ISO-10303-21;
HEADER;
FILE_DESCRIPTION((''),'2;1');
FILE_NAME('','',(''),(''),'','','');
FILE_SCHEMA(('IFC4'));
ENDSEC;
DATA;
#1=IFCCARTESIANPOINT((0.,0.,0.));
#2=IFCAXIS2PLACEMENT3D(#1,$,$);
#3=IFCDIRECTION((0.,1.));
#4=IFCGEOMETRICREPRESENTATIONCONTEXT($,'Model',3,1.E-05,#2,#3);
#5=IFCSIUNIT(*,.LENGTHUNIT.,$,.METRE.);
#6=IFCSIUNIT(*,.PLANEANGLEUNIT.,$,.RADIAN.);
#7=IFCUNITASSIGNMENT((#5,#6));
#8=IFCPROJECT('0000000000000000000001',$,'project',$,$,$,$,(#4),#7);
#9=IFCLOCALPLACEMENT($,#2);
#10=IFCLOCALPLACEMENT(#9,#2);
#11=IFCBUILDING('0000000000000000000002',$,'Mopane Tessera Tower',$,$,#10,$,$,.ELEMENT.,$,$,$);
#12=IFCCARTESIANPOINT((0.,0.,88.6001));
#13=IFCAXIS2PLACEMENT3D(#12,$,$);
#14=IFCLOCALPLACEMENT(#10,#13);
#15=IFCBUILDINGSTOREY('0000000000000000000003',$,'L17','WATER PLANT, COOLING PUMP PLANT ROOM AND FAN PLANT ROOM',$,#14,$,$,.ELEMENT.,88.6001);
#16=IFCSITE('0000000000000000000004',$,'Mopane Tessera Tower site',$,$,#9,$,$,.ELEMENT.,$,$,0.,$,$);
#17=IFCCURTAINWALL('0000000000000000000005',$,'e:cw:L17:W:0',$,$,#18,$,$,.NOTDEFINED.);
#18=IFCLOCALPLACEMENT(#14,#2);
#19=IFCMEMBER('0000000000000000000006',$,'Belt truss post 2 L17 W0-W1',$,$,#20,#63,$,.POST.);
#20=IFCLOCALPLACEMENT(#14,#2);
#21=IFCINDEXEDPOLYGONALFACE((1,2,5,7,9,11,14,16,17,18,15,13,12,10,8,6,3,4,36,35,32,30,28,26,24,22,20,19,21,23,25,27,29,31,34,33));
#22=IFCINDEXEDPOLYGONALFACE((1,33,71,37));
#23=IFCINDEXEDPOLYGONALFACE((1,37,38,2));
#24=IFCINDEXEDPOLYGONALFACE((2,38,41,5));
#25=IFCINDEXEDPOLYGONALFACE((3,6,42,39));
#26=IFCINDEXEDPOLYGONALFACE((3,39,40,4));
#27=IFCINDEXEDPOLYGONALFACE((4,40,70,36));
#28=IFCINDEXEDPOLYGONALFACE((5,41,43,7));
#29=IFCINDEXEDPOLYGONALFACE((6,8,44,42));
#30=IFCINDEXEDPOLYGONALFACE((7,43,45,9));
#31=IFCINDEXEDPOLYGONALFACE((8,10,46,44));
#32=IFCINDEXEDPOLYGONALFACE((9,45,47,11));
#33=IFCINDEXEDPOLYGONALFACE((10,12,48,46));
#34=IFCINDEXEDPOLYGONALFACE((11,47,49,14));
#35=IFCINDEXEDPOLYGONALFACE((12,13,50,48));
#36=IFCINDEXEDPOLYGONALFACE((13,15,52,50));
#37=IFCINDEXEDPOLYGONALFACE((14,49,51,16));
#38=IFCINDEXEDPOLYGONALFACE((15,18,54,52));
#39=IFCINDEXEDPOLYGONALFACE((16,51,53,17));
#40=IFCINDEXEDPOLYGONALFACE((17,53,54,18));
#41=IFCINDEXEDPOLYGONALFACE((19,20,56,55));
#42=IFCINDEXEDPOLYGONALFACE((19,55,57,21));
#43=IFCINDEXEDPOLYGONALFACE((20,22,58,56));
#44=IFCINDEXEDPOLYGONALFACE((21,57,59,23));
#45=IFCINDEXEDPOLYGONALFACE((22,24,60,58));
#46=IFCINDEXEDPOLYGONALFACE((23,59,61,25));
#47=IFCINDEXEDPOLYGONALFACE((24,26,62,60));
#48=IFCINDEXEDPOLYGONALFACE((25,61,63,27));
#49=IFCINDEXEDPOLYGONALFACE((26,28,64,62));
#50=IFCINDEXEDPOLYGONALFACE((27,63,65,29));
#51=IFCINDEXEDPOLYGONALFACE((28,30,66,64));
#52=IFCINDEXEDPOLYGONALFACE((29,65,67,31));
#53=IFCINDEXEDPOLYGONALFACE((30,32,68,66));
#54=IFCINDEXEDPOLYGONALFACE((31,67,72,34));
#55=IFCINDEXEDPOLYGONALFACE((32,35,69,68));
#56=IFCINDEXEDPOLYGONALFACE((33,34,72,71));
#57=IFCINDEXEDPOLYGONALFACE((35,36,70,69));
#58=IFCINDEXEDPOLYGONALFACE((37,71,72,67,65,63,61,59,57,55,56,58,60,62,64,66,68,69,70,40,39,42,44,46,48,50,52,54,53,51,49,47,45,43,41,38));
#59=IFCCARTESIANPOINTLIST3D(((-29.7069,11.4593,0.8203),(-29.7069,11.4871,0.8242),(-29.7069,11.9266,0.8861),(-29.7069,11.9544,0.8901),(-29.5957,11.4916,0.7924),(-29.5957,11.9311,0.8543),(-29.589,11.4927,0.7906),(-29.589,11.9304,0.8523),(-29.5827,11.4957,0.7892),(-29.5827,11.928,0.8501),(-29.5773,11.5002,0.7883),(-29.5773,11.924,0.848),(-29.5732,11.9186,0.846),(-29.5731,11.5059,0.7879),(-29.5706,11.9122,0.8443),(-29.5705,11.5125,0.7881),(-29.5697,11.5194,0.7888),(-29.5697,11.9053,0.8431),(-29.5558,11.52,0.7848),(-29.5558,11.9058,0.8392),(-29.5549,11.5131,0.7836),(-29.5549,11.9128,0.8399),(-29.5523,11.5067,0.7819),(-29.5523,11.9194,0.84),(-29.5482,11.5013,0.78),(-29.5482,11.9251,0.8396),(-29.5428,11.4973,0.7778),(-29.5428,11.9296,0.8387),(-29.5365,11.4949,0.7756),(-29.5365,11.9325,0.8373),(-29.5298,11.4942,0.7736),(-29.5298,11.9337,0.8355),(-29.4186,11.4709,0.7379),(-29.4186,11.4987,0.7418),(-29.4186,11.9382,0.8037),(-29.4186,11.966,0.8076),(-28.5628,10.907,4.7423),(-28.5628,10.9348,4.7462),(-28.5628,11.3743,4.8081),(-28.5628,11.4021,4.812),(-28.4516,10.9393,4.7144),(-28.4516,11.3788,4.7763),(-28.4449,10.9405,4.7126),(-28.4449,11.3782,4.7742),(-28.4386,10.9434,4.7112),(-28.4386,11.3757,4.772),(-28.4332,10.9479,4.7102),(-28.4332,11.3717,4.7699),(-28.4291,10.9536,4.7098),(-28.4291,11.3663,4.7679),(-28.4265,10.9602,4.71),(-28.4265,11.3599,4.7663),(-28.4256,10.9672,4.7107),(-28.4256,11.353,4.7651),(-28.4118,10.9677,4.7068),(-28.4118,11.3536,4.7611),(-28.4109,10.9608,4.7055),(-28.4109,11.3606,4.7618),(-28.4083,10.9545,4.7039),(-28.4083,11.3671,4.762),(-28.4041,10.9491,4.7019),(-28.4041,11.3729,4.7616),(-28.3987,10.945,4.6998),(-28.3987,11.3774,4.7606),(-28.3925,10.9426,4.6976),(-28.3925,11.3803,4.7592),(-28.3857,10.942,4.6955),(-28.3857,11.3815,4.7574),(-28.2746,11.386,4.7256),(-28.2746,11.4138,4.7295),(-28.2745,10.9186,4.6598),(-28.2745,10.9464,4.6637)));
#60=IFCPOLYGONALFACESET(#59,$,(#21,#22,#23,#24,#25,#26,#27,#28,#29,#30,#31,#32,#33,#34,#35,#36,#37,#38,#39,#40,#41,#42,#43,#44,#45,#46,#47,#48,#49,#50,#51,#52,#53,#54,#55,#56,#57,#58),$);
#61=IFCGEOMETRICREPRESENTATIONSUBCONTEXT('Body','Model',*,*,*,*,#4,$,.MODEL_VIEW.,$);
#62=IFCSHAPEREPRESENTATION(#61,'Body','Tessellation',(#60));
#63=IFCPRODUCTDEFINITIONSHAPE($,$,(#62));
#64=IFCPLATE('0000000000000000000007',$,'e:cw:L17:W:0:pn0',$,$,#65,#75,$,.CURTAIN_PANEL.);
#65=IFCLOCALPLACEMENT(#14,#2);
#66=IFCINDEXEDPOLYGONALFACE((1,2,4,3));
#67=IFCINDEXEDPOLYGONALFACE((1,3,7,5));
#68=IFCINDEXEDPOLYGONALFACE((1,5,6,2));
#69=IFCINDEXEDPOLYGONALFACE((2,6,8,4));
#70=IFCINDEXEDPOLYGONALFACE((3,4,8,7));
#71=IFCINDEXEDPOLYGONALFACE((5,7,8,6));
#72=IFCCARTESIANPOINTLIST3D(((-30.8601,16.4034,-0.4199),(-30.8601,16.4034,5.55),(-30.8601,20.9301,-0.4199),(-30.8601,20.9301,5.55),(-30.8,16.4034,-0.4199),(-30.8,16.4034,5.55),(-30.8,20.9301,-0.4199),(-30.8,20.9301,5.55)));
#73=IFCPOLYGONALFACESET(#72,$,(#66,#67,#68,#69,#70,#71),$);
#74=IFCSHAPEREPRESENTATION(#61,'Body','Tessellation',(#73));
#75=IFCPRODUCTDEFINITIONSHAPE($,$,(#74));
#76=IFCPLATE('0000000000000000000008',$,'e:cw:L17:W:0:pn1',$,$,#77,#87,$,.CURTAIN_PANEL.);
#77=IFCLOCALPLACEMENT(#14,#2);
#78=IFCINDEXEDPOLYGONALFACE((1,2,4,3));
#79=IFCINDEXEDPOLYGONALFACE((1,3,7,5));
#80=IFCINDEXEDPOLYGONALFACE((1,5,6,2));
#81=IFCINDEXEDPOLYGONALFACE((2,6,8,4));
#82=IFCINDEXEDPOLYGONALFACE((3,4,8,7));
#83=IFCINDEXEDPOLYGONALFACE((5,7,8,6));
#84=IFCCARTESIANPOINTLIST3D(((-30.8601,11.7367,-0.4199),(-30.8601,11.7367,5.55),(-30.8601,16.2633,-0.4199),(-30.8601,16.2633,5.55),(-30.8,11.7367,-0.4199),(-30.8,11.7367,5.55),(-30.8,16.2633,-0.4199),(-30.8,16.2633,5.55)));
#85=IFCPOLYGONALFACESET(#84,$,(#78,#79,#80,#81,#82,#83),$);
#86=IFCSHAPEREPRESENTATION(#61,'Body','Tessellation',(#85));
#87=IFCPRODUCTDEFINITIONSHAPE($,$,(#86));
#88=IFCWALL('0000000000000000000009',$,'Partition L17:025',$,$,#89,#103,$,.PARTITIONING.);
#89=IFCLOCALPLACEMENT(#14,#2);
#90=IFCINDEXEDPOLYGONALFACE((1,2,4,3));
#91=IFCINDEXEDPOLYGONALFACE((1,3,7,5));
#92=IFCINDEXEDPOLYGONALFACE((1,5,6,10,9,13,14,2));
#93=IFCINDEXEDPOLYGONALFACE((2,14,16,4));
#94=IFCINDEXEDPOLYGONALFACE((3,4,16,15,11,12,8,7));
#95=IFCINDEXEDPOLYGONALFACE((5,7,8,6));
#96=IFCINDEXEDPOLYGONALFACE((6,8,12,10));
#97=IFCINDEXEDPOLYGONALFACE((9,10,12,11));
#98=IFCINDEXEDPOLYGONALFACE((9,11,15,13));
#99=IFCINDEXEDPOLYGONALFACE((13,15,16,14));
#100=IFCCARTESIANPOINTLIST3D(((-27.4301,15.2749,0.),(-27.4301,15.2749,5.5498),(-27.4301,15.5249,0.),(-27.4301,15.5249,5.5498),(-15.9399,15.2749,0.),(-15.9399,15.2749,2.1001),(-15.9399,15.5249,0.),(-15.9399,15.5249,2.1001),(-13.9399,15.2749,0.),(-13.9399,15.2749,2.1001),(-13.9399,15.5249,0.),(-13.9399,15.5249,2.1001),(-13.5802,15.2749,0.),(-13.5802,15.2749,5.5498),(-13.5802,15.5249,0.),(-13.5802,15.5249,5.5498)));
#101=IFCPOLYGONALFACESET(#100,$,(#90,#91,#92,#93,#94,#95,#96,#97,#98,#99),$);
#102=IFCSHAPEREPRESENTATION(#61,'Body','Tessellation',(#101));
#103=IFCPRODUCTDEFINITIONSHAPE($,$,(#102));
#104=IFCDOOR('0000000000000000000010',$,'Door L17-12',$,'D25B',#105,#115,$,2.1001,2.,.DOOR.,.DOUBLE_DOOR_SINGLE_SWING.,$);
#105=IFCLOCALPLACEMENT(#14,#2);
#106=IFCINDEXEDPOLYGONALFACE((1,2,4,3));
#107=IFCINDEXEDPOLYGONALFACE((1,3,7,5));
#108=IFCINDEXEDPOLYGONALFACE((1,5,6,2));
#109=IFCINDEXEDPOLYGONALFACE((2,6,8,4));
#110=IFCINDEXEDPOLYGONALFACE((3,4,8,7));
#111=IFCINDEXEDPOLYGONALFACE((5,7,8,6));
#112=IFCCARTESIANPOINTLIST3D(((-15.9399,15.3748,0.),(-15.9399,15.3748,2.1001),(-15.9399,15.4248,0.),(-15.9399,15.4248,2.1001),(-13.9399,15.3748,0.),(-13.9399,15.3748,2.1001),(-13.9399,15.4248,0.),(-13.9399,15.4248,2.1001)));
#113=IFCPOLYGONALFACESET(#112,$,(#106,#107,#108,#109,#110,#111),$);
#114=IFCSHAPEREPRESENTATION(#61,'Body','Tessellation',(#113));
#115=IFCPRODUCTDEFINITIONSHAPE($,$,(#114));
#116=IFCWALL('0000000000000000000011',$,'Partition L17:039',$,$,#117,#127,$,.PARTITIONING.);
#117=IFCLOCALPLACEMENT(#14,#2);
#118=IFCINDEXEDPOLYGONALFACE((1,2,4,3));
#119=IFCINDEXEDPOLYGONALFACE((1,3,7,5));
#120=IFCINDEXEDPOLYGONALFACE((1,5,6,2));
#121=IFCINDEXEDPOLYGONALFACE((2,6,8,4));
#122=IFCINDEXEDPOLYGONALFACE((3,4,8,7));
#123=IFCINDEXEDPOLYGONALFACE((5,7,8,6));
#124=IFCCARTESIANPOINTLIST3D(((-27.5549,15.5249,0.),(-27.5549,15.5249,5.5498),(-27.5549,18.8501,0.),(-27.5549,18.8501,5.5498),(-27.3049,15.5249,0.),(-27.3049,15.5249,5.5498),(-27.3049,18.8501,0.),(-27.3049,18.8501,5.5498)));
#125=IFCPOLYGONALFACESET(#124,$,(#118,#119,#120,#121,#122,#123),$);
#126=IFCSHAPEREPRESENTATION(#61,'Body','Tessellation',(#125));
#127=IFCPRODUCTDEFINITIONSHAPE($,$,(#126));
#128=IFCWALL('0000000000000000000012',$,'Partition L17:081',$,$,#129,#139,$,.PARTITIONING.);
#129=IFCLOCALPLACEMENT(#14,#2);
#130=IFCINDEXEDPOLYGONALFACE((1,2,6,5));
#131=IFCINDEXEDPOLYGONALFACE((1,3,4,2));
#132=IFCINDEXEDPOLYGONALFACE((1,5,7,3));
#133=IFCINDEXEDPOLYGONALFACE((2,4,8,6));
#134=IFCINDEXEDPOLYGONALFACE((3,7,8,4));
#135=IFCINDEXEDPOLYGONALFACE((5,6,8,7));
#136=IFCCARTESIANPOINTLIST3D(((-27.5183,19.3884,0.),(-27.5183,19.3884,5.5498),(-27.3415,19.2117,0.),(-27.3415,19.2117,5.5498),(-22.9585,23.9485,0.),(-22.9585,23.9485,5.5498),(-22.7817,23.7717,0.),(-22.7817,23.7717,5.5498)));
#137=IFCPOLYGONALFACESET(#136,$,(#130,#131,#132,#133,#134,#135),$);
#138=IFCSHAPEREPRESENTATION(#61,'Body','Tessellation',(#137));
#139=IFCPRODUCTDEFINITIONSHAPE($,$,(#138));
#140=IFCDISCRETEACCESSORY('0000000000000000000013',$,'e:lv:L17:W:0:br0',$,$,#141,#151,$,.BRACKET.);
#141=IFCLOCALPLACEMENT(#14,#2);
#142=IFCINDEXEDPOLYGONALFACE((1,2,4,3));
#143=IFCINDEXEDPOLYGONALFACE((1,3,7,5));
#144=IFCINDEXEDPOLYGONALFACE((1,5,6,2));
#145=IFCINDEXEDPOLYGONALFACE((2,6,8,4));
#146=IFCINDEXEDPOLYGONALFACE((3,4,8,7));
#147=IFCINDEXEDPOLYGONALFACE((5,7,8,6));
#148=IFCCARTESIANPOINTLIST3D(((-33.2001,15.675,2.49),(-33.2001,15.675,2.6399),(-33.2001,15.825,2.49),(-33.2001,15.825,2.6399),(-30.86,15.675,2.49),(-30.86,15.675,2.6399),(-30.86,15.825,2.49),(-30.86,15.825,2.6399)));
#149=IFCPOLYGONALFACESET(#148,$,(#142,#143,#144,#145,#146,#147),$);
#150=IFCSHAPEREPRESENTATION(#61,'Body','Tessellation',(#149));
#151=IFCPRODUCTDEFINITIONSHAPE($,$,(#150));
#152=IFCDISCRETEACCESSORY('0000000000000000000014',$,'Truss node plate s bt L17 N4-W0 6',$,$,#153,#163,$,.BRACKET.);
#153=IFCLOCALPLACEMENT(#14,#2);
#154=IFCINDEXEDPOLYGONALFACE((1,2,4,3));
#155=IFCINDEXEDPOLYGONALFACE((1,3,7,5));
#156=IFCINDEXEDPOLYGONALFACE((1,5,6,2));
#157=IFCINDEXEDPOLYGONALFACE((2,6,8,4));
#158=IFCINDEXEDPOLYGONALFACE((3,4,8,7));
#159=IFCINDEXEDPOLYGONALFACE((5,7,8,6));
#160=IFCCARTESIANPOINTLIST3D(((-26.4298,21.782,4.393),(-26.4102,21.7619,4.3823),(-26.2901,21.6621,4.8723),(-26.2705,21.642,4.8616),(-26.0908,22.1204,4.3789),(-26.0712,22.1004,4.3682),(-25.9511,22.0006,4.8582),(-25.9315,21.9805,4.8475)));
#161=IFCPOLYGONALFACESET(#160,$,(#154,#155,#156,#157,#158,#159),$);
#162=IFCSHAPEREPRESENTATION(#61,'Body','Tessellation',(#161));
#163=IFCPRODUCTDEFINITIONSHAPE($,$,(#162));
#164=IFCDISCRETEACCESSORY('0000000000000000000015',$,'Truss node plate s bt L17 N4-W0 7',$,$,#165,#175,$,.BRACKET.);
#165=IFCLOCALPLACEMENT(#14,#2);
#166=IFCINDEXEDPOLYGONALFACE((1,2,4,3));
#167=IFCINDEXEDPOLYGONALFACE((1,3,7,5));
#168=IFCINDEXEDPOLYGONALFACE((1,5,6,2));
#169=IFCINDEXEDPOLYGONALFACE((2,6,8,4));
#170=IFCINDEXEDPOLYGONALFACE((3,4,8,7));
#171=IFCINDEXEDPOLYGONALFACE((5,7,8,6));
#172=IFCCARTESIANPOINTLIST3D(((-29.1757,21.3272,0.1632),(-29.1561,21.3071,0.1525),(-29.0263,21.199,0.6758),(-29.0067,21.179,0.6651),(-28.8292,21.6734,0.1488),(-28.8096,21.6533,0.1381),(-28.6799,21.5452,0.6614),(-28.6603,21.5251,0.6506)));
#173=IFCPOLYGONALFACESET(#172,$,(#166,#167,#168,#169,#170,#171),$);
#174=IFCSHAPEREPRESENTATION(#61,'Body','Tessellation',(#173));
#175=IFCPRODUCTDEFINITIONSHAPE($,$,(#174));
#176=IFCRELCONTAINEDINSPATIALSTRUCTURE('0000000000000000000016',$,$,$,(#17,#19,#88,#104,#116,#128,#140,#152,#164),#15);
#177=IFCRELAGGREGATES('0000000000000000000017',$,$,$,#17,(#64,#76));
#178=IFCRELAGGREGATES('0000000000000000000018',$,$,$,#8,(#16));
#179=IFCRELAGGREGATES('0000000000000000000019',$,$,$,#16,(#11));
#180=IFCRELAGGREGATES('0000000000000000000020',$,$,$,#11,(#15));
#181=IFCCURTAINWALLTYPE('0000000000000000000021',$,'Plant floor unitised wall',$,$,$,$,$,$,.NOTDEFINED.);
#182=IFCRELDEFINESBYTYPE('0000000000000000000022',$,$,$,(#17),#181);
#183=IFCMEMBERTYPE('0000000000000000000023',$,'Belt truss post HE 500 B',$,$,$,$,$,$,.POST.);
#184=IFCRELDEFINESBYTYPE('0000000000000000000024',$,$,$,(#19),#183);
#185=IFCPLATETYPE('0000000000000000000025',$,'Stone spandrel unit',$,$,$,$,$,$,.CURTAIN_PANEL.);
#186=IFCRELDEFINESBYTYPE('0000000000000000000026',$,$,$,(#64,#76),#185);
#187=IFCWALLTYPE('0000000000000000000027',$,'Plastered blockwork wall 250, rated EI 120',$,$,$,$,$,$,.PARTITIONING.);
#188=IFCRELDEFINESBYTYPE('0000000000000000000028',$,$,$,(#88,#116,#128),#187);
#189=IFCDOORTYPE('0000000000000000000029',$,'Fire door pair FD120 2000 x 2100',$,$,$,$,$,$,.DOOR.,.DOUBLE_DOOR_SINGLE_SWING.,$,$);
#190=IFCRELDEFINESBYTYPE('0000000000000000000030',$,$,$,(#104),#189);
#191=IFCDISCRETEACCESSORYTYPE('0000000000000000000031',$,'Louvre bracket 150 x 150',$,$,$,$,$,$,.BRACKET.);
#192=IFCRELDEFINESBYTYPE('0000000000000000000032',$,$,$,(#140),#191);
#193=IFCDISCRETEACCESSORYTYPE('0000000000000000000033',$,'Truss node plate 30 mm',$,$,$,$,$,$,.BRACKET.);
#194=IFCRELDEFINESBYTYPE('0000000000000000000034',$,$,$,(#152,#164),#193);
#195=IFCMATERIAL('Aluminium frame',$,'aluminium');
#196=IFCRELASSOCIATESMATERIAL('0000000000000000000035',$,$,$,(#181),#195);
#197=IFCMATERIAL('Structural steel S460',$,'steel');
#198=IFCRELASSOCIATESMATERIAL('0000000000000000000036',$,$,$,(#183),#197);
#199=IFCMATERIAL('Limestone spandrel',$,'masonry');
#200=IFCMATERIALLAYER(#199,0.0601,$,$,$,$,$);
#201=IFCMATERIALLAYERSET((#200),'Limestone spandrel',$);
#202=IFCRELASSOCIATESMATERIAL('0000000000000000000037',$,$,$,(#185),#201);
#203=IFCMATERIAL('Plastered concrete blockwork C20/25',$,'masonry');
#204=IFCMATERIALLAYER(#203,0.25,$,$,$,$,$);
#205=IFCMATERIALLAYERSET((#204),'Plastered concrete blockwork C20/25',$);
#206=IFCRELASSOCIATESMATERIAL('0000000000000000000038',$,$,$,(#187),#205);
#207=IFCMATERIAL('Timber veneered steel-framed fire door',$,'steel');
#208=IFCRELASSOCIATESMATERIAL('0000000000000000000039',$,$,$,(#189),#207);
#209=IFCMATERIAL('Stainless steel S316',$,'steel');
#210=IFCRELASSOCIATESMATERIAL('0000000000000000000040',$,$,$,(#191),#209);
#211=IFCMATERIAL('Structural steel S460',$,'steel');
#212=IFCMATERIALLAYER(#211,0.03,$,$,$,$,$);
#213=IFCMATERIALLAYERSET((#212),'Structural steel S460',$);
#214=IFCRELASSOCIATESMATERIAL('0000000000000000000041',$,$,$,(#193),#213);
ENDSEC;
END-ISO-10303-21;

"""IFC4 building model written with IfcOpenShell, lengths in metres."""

from ifc_helpers import new_model, si_unit, direction, frame, frame_2d, origin, origin_2d, place, context, subcontext, project, spatial, rectangle, i_section, extrude, material, layer, layer_set, material_profile, profile_set, type_object, element, fill, aggregate, save


model = new_model("IFC4")

# Units and contexts
model_context = context("Model", 3, precision=1e-05, world=origin(), true_north=direction((0.0, 1.0)))
body_context = subcontext(model_context, "Body", "Model", "MODEL_VIEW")
ifc_project = project(units=[si_unit("LENGTHUNIT", "METRE"), si_unit("PLANEANGLEUNIT", "RADIAN")], contexts=[model_context])

# Site, building, storey
site_placement = place(None, origin())
site = spatial("IfcSite", under=ifc_project, at=site_placement, Name="Mopane Tessera Tower site", CompositionType="ELEMENT", RefElevation=0.0)
building_placement = place(site_placement, origin())
building = spatial("IfcBuilding", under=site, at=building_placement, Name="Mopane Tessera Tower", CompositionType="ELEMENT")
storey_placement = place(building_placement, frame((0.0, 0.0, 88.6001)))
storey = spatial("IfcBuildingStorey", under=building, at=storey_placement, Name="L17", Description="WATER PLANT, COOLING PUMP PLANT ROOM AND FAN PLANT ROOM", CompositionType="ELEMENT", Elevation=88.6001)

# Curtain wall
ifc_material_1 = material(Name="Aluminium frame", Category="aluminium")
curtain_wall_type = type_object("IfcCurtainWallType", Name="Plant floor unitised wall", PredefinedType="NOTDEFINED", material=ifc_material_1)
curtain_wall_placement = place(storey_placement, origin())
curtain_wall = element("IfcCurtainWall", 1, at=curtain_wall_placement, inside=storey, type_object=curtain_wall_type, Name="e:cw:L17:W:0", PredefinedType="NOTDEFINED")

# Member
ifc_material_2 = material(Name="Structural steel S460", Category="steel")
ifc_material_profile_1 = material_profile(ifc_material_2, i_section(OverallWidth=0.3, OverallDepth=0.5, WebThickness=0.0144, FlangeThickness=0.0281, FilletRadius=0.0271, at=origin_2d()))
ifc_profile_set_1 = profile_set([ifc_material_profile_1], Name="Structural steel S460")
member_type_1 = type_object("IfcMemberType", Name="Belt truss post HE 500 B", PredefinedType="POST", material=ifc_profile_set_1)
member_1_placement = place(storey_placement, frame((-29.5627, 11.7126, 0.814), z_axis=(0.277513, -0.133959, 0.951337), x_axis=(0.960722, 0.038716, -0.274799)))
element("IfcMember", 2, at=member_1_placement, inside=storey, type_object=member_type_1, Name="Belt truss post 2 L17 W0-W1", PredefinedType="POST", context=body_context, shape_type="SweptSolid", body=[
    extrude(i_section(OverallWidth=0.3, OverallDepth=0.5, WebThickness=0.0144, FlangeThickness=0.0281, FilletRadius=0.0271, at=origin_2d()), origin(), (0.0, 0.0, 1.0), 4.1226),
])

# Plates
ifc_material_3 = material(Name="Limestone spandrel", Category="masonry")
ifc_layer_1 = layer(ifc_material_3, 0.0601)
ifc_layer_set_1 = layer_set([ifc_layer_1], Name="Limestone spandrel")
plate_type = type_object("IfcPlateType", Name="Stone spandrel unit", PredefinedType="CURTAIN_PANEL", material=ifc_layer_set_1)
plate_1_placement = place(storey_placement, frame((-30.8301, 18.6667, -0.4199), z_axis=(0.0, 0.0, 1.0), x_axis=(0.0, -1.0, 0.0)))
plate_1 = element("IfcPlate", 3, at=plate_1_placement, type_object=plate_type, Name="e:cw:L17:W:0:pn0", PredefinedType="CURTAIN_PANEL", context=body_context, shape_type="SweptSolid", body=[
    extrude(rectangle(XDim=4.5266, YDim=0.0601, at=origin_2d()), origin(), (0.0, 0.0, 1.0), 5.97),
])
plate_2_placement = place(storey_placement, frame((-30.8301, 14.0, -0.4199), z_axis=(0.0, 0.0, 1.0), x_axis=(0.0, -1.0, 0.0)))
plate_2 = element("IfcPlate", 4, at=plate_2_placement, type_object=plate_type, Name="e:cw:L17:W:0:pn1", PredefinedType="CURTAIN_PANEL", context=body_context, shape_type="SweptSolid", body=[
    extrude(rectangle(XDim=4.5266, YDim=0.0601, at=origin_2d()), origin(), (0.0, 0.0, 1.0), 5.97),
])
aggregate(curtain_wall, [plate_1, plate_2])

# Wall, opening, door
ifc_material_4 = material(Name="Plastered concrete blockwork C20/25", Category="masonry")
ifc_layer_2 = layer(ifc_material_4, 0.25)
ifc_layer_set_2 = layer_set([ifc_layer_2], Name="Plastered concrete blockwork C20/25")
wall_type = type_object("IfcWallType", Name="Plastered blockwork wall 250, rated EI 120", PredefinedType="PARTITIONING", material=ifc_layer_set_2)
wall_1_placement = place(storey_placement, frame((-27.4299, 15.3999, 0.0), z_axis=(0.0, 0.0, 1.0), x_axis=(1.0, 0.0, 0.0)))
wall_1 = element("IfcWall", 5, at=wall_1_placement, inside=storey, type_object=wall_type, Name="Partition L17:025", PredefinedType="PARTITIONING", context=body_context, shape_type="SweptSolid", body=[
    extrude(rectangle(XDim=13.8499, YDim=0.25, at=frame_2d((6.9248, 0.0))), origin(), (0.0, 0.0, 1.0), 5.5498),
])
opening_placement = place(wall_1_placement, frame((11.49, 0.0, 0.0)))
opening = element("IfcOpeningElement", 6, at=opening_placement, cuts=wall_1, PredefinedType="OPENING", context=body_context, shape_type="SweptSolid", body=[
    extrude(rectangle(XDim=2.0, YDim=2.1001, at=frame_2d((1.0, 1.05))), frame((0.0, 0.137, 0.0), z_axis=(0.0, -1.0, 0.0), x_axis=(1.0, 0.0, 0.0)), (0.0, 0.0, 1.0), 0.2739),
])
ifc_material_5 = material(Name="Timber veneered steel-framed fire door", Category="steel")
door_type = type_object("IfcDoorType", Name="Fire door pair FD120 2000 x 2100", OperationType="DOUBLE_DOOR_SINGLE_SWING", PredefinedType="DOOR", material=ifc_material_5)
door_placement = place(opening_placement, origin())
door = element("IfcDoor", 7, at=door_placement, inside=storey, type_object=door_type, Name="Door L17-12", ObjectType="D25B", OperationType="DOUBLE_DOOR_SINGLE_SWING", OverallHeight=2.1001, OverallWidth=2.0, PredefinedType="DOOR", context=body_context, shape_type="SweptSolid", body=[
    extrude(rectangle(XDim=2.0, YDim=2.1001, at=frame_2d((1.0, 1.05))), frame((0.0, 0.0249, 0.0), z_axis=(0.0, -1.0, 0.0), x_axis=(1.0, 0.0, 0.0)), (0.0, 0.0, 1.0), 0.05),
])
fill(opening, door)

# Walls
wall_2_placement = place(storey_placement, frame((-27.4299, 15.5249, 0.0), z_axis=(0.0, 0.0, 1.0), x_axis=(0.0, 1.0, 0.0)))
element("IfcWall", 8, at=wall_2_placement, inside=storey, type_object=wall_type, Name="Partition L17:039", PredefinedType="PARTITIONING", context=body_context, shape_type="SweptSolid", body=[
    extrude(rectangle(XDim=3.3252, YDim=0.25, at=frame_2d((1.6626, 0.0))), origin(), (0.0, 0.0, 1.0), 5.5498),
])
wall_3_placement = place(storey_placement, frame((-27.4299, 19.3, 0.0), z_axis=(0.0, 0.0, 1.0), x_axis=(0.707088, 0.707126, 0.0)))
element("IfcWall", 9, at=wall_3_placement, inside=storey, type_object=wall_type, Name="Partition L17:081", PredefinedType="PARTITIONING", context=body_context, shape_type="SweptSolid", body=[
    extrude(rectangle(XDim=6.4487, YDim=0.25, at=frame_2d((3.2244, 0.0))), origin(), (0.0, 0.0, 1.0), 5.5498),
])

# Discrete accessories
ifc_material_6 = material(Name="Stainless steel S316", Category="steel")
discrete_accessory_type_1 = type_object("IfcDiscreteAccessoryType", Name="Louvre bracket 150 x 150", PredefinedType="BRACKET", material=ifc_material_6)
discrete_accessory_1_placement = place(storey_placement, frame((-32.03, 15.75, 2.49), z_axis=(0.0, 0.0, 1.0), x_axis=(-1.0, 0.0, 0.0)))
element("IfcDiscreteAccessory", 10, at=discrete_accessory_1_placement, inside=storey, type_object=discrete_accessory_type_1, Name="e:lv:L17:W:0:br0", PredefinedType="BRACKET", context=body_context, shape_type="SweptSolid", body=[
    extrude(rectangle(XDim=2.3401, YDim=0.1499, at=origin_2d()), origin(), (0.0, 0.0, 1.0), 0.1499),
])
ifc_material_7 = material(Name="Structural steel S460", Category="steel")
ifc_layer_3 = layer(ifc_material_7, 0.03)
ifc_layer_set_3 = layer_set([ifc_layer_3], Name="Structural steel S460")
discrete_accessory_type_2 = type_object("IfcDiscreteAccessoryType", Name="Truss node plate 30 mm", PredefinedType="BRACKET", material=ifc_layer_set_3)
discrete_accessory_2_placement = place(storey_placement, frame((-26.2505, 21.9412, 4.3806), z_axis=(0.272022, -0.233502, 0.933531), x_axis=(0.652469, -0.668306, -0.357285)))
element("IfcDiscreteAccessory", 11, at=discrete_accessory_2_placement, inside=storey, type_object=discrete_accessory_type_2, Name="Truss node plate s bt L17 N4-W0 6", PredefinedType="BRACKET", context=body_context, shape_type="SweptSolid", body=[
    extrude(rectangle(XDim=0.03, YDim=0.4792, at=origin_2d()), origin(), (0.0, 0.0, 1.0), 0.5134),
])
discrete_accessory_3_placement = place(storey_placement, frame((-28.9927, 21.4902, 0.1506), z_axis=(0.272063, -0.233387, 0.933548), x_axis=(0.652692, -0.66811, -0.357241)))
element("IfcDiscreteAccessory", 12, at=discrete_accessory_3_placement, inside=storey, type_object=discrete_accessory_type_2, Name="Truss node plate s bt L17 N4-W0 7", PredefinedType="BRACKET", context=body_context, shape_type="SweptSolid", body=[
    extrude(rectangle(XDim=0.03, YDim=0.49, at=origin_2d()), origin(), (0.0, 0.0, 1.0), 0.5491),
])

save(model, "model.ifc")
